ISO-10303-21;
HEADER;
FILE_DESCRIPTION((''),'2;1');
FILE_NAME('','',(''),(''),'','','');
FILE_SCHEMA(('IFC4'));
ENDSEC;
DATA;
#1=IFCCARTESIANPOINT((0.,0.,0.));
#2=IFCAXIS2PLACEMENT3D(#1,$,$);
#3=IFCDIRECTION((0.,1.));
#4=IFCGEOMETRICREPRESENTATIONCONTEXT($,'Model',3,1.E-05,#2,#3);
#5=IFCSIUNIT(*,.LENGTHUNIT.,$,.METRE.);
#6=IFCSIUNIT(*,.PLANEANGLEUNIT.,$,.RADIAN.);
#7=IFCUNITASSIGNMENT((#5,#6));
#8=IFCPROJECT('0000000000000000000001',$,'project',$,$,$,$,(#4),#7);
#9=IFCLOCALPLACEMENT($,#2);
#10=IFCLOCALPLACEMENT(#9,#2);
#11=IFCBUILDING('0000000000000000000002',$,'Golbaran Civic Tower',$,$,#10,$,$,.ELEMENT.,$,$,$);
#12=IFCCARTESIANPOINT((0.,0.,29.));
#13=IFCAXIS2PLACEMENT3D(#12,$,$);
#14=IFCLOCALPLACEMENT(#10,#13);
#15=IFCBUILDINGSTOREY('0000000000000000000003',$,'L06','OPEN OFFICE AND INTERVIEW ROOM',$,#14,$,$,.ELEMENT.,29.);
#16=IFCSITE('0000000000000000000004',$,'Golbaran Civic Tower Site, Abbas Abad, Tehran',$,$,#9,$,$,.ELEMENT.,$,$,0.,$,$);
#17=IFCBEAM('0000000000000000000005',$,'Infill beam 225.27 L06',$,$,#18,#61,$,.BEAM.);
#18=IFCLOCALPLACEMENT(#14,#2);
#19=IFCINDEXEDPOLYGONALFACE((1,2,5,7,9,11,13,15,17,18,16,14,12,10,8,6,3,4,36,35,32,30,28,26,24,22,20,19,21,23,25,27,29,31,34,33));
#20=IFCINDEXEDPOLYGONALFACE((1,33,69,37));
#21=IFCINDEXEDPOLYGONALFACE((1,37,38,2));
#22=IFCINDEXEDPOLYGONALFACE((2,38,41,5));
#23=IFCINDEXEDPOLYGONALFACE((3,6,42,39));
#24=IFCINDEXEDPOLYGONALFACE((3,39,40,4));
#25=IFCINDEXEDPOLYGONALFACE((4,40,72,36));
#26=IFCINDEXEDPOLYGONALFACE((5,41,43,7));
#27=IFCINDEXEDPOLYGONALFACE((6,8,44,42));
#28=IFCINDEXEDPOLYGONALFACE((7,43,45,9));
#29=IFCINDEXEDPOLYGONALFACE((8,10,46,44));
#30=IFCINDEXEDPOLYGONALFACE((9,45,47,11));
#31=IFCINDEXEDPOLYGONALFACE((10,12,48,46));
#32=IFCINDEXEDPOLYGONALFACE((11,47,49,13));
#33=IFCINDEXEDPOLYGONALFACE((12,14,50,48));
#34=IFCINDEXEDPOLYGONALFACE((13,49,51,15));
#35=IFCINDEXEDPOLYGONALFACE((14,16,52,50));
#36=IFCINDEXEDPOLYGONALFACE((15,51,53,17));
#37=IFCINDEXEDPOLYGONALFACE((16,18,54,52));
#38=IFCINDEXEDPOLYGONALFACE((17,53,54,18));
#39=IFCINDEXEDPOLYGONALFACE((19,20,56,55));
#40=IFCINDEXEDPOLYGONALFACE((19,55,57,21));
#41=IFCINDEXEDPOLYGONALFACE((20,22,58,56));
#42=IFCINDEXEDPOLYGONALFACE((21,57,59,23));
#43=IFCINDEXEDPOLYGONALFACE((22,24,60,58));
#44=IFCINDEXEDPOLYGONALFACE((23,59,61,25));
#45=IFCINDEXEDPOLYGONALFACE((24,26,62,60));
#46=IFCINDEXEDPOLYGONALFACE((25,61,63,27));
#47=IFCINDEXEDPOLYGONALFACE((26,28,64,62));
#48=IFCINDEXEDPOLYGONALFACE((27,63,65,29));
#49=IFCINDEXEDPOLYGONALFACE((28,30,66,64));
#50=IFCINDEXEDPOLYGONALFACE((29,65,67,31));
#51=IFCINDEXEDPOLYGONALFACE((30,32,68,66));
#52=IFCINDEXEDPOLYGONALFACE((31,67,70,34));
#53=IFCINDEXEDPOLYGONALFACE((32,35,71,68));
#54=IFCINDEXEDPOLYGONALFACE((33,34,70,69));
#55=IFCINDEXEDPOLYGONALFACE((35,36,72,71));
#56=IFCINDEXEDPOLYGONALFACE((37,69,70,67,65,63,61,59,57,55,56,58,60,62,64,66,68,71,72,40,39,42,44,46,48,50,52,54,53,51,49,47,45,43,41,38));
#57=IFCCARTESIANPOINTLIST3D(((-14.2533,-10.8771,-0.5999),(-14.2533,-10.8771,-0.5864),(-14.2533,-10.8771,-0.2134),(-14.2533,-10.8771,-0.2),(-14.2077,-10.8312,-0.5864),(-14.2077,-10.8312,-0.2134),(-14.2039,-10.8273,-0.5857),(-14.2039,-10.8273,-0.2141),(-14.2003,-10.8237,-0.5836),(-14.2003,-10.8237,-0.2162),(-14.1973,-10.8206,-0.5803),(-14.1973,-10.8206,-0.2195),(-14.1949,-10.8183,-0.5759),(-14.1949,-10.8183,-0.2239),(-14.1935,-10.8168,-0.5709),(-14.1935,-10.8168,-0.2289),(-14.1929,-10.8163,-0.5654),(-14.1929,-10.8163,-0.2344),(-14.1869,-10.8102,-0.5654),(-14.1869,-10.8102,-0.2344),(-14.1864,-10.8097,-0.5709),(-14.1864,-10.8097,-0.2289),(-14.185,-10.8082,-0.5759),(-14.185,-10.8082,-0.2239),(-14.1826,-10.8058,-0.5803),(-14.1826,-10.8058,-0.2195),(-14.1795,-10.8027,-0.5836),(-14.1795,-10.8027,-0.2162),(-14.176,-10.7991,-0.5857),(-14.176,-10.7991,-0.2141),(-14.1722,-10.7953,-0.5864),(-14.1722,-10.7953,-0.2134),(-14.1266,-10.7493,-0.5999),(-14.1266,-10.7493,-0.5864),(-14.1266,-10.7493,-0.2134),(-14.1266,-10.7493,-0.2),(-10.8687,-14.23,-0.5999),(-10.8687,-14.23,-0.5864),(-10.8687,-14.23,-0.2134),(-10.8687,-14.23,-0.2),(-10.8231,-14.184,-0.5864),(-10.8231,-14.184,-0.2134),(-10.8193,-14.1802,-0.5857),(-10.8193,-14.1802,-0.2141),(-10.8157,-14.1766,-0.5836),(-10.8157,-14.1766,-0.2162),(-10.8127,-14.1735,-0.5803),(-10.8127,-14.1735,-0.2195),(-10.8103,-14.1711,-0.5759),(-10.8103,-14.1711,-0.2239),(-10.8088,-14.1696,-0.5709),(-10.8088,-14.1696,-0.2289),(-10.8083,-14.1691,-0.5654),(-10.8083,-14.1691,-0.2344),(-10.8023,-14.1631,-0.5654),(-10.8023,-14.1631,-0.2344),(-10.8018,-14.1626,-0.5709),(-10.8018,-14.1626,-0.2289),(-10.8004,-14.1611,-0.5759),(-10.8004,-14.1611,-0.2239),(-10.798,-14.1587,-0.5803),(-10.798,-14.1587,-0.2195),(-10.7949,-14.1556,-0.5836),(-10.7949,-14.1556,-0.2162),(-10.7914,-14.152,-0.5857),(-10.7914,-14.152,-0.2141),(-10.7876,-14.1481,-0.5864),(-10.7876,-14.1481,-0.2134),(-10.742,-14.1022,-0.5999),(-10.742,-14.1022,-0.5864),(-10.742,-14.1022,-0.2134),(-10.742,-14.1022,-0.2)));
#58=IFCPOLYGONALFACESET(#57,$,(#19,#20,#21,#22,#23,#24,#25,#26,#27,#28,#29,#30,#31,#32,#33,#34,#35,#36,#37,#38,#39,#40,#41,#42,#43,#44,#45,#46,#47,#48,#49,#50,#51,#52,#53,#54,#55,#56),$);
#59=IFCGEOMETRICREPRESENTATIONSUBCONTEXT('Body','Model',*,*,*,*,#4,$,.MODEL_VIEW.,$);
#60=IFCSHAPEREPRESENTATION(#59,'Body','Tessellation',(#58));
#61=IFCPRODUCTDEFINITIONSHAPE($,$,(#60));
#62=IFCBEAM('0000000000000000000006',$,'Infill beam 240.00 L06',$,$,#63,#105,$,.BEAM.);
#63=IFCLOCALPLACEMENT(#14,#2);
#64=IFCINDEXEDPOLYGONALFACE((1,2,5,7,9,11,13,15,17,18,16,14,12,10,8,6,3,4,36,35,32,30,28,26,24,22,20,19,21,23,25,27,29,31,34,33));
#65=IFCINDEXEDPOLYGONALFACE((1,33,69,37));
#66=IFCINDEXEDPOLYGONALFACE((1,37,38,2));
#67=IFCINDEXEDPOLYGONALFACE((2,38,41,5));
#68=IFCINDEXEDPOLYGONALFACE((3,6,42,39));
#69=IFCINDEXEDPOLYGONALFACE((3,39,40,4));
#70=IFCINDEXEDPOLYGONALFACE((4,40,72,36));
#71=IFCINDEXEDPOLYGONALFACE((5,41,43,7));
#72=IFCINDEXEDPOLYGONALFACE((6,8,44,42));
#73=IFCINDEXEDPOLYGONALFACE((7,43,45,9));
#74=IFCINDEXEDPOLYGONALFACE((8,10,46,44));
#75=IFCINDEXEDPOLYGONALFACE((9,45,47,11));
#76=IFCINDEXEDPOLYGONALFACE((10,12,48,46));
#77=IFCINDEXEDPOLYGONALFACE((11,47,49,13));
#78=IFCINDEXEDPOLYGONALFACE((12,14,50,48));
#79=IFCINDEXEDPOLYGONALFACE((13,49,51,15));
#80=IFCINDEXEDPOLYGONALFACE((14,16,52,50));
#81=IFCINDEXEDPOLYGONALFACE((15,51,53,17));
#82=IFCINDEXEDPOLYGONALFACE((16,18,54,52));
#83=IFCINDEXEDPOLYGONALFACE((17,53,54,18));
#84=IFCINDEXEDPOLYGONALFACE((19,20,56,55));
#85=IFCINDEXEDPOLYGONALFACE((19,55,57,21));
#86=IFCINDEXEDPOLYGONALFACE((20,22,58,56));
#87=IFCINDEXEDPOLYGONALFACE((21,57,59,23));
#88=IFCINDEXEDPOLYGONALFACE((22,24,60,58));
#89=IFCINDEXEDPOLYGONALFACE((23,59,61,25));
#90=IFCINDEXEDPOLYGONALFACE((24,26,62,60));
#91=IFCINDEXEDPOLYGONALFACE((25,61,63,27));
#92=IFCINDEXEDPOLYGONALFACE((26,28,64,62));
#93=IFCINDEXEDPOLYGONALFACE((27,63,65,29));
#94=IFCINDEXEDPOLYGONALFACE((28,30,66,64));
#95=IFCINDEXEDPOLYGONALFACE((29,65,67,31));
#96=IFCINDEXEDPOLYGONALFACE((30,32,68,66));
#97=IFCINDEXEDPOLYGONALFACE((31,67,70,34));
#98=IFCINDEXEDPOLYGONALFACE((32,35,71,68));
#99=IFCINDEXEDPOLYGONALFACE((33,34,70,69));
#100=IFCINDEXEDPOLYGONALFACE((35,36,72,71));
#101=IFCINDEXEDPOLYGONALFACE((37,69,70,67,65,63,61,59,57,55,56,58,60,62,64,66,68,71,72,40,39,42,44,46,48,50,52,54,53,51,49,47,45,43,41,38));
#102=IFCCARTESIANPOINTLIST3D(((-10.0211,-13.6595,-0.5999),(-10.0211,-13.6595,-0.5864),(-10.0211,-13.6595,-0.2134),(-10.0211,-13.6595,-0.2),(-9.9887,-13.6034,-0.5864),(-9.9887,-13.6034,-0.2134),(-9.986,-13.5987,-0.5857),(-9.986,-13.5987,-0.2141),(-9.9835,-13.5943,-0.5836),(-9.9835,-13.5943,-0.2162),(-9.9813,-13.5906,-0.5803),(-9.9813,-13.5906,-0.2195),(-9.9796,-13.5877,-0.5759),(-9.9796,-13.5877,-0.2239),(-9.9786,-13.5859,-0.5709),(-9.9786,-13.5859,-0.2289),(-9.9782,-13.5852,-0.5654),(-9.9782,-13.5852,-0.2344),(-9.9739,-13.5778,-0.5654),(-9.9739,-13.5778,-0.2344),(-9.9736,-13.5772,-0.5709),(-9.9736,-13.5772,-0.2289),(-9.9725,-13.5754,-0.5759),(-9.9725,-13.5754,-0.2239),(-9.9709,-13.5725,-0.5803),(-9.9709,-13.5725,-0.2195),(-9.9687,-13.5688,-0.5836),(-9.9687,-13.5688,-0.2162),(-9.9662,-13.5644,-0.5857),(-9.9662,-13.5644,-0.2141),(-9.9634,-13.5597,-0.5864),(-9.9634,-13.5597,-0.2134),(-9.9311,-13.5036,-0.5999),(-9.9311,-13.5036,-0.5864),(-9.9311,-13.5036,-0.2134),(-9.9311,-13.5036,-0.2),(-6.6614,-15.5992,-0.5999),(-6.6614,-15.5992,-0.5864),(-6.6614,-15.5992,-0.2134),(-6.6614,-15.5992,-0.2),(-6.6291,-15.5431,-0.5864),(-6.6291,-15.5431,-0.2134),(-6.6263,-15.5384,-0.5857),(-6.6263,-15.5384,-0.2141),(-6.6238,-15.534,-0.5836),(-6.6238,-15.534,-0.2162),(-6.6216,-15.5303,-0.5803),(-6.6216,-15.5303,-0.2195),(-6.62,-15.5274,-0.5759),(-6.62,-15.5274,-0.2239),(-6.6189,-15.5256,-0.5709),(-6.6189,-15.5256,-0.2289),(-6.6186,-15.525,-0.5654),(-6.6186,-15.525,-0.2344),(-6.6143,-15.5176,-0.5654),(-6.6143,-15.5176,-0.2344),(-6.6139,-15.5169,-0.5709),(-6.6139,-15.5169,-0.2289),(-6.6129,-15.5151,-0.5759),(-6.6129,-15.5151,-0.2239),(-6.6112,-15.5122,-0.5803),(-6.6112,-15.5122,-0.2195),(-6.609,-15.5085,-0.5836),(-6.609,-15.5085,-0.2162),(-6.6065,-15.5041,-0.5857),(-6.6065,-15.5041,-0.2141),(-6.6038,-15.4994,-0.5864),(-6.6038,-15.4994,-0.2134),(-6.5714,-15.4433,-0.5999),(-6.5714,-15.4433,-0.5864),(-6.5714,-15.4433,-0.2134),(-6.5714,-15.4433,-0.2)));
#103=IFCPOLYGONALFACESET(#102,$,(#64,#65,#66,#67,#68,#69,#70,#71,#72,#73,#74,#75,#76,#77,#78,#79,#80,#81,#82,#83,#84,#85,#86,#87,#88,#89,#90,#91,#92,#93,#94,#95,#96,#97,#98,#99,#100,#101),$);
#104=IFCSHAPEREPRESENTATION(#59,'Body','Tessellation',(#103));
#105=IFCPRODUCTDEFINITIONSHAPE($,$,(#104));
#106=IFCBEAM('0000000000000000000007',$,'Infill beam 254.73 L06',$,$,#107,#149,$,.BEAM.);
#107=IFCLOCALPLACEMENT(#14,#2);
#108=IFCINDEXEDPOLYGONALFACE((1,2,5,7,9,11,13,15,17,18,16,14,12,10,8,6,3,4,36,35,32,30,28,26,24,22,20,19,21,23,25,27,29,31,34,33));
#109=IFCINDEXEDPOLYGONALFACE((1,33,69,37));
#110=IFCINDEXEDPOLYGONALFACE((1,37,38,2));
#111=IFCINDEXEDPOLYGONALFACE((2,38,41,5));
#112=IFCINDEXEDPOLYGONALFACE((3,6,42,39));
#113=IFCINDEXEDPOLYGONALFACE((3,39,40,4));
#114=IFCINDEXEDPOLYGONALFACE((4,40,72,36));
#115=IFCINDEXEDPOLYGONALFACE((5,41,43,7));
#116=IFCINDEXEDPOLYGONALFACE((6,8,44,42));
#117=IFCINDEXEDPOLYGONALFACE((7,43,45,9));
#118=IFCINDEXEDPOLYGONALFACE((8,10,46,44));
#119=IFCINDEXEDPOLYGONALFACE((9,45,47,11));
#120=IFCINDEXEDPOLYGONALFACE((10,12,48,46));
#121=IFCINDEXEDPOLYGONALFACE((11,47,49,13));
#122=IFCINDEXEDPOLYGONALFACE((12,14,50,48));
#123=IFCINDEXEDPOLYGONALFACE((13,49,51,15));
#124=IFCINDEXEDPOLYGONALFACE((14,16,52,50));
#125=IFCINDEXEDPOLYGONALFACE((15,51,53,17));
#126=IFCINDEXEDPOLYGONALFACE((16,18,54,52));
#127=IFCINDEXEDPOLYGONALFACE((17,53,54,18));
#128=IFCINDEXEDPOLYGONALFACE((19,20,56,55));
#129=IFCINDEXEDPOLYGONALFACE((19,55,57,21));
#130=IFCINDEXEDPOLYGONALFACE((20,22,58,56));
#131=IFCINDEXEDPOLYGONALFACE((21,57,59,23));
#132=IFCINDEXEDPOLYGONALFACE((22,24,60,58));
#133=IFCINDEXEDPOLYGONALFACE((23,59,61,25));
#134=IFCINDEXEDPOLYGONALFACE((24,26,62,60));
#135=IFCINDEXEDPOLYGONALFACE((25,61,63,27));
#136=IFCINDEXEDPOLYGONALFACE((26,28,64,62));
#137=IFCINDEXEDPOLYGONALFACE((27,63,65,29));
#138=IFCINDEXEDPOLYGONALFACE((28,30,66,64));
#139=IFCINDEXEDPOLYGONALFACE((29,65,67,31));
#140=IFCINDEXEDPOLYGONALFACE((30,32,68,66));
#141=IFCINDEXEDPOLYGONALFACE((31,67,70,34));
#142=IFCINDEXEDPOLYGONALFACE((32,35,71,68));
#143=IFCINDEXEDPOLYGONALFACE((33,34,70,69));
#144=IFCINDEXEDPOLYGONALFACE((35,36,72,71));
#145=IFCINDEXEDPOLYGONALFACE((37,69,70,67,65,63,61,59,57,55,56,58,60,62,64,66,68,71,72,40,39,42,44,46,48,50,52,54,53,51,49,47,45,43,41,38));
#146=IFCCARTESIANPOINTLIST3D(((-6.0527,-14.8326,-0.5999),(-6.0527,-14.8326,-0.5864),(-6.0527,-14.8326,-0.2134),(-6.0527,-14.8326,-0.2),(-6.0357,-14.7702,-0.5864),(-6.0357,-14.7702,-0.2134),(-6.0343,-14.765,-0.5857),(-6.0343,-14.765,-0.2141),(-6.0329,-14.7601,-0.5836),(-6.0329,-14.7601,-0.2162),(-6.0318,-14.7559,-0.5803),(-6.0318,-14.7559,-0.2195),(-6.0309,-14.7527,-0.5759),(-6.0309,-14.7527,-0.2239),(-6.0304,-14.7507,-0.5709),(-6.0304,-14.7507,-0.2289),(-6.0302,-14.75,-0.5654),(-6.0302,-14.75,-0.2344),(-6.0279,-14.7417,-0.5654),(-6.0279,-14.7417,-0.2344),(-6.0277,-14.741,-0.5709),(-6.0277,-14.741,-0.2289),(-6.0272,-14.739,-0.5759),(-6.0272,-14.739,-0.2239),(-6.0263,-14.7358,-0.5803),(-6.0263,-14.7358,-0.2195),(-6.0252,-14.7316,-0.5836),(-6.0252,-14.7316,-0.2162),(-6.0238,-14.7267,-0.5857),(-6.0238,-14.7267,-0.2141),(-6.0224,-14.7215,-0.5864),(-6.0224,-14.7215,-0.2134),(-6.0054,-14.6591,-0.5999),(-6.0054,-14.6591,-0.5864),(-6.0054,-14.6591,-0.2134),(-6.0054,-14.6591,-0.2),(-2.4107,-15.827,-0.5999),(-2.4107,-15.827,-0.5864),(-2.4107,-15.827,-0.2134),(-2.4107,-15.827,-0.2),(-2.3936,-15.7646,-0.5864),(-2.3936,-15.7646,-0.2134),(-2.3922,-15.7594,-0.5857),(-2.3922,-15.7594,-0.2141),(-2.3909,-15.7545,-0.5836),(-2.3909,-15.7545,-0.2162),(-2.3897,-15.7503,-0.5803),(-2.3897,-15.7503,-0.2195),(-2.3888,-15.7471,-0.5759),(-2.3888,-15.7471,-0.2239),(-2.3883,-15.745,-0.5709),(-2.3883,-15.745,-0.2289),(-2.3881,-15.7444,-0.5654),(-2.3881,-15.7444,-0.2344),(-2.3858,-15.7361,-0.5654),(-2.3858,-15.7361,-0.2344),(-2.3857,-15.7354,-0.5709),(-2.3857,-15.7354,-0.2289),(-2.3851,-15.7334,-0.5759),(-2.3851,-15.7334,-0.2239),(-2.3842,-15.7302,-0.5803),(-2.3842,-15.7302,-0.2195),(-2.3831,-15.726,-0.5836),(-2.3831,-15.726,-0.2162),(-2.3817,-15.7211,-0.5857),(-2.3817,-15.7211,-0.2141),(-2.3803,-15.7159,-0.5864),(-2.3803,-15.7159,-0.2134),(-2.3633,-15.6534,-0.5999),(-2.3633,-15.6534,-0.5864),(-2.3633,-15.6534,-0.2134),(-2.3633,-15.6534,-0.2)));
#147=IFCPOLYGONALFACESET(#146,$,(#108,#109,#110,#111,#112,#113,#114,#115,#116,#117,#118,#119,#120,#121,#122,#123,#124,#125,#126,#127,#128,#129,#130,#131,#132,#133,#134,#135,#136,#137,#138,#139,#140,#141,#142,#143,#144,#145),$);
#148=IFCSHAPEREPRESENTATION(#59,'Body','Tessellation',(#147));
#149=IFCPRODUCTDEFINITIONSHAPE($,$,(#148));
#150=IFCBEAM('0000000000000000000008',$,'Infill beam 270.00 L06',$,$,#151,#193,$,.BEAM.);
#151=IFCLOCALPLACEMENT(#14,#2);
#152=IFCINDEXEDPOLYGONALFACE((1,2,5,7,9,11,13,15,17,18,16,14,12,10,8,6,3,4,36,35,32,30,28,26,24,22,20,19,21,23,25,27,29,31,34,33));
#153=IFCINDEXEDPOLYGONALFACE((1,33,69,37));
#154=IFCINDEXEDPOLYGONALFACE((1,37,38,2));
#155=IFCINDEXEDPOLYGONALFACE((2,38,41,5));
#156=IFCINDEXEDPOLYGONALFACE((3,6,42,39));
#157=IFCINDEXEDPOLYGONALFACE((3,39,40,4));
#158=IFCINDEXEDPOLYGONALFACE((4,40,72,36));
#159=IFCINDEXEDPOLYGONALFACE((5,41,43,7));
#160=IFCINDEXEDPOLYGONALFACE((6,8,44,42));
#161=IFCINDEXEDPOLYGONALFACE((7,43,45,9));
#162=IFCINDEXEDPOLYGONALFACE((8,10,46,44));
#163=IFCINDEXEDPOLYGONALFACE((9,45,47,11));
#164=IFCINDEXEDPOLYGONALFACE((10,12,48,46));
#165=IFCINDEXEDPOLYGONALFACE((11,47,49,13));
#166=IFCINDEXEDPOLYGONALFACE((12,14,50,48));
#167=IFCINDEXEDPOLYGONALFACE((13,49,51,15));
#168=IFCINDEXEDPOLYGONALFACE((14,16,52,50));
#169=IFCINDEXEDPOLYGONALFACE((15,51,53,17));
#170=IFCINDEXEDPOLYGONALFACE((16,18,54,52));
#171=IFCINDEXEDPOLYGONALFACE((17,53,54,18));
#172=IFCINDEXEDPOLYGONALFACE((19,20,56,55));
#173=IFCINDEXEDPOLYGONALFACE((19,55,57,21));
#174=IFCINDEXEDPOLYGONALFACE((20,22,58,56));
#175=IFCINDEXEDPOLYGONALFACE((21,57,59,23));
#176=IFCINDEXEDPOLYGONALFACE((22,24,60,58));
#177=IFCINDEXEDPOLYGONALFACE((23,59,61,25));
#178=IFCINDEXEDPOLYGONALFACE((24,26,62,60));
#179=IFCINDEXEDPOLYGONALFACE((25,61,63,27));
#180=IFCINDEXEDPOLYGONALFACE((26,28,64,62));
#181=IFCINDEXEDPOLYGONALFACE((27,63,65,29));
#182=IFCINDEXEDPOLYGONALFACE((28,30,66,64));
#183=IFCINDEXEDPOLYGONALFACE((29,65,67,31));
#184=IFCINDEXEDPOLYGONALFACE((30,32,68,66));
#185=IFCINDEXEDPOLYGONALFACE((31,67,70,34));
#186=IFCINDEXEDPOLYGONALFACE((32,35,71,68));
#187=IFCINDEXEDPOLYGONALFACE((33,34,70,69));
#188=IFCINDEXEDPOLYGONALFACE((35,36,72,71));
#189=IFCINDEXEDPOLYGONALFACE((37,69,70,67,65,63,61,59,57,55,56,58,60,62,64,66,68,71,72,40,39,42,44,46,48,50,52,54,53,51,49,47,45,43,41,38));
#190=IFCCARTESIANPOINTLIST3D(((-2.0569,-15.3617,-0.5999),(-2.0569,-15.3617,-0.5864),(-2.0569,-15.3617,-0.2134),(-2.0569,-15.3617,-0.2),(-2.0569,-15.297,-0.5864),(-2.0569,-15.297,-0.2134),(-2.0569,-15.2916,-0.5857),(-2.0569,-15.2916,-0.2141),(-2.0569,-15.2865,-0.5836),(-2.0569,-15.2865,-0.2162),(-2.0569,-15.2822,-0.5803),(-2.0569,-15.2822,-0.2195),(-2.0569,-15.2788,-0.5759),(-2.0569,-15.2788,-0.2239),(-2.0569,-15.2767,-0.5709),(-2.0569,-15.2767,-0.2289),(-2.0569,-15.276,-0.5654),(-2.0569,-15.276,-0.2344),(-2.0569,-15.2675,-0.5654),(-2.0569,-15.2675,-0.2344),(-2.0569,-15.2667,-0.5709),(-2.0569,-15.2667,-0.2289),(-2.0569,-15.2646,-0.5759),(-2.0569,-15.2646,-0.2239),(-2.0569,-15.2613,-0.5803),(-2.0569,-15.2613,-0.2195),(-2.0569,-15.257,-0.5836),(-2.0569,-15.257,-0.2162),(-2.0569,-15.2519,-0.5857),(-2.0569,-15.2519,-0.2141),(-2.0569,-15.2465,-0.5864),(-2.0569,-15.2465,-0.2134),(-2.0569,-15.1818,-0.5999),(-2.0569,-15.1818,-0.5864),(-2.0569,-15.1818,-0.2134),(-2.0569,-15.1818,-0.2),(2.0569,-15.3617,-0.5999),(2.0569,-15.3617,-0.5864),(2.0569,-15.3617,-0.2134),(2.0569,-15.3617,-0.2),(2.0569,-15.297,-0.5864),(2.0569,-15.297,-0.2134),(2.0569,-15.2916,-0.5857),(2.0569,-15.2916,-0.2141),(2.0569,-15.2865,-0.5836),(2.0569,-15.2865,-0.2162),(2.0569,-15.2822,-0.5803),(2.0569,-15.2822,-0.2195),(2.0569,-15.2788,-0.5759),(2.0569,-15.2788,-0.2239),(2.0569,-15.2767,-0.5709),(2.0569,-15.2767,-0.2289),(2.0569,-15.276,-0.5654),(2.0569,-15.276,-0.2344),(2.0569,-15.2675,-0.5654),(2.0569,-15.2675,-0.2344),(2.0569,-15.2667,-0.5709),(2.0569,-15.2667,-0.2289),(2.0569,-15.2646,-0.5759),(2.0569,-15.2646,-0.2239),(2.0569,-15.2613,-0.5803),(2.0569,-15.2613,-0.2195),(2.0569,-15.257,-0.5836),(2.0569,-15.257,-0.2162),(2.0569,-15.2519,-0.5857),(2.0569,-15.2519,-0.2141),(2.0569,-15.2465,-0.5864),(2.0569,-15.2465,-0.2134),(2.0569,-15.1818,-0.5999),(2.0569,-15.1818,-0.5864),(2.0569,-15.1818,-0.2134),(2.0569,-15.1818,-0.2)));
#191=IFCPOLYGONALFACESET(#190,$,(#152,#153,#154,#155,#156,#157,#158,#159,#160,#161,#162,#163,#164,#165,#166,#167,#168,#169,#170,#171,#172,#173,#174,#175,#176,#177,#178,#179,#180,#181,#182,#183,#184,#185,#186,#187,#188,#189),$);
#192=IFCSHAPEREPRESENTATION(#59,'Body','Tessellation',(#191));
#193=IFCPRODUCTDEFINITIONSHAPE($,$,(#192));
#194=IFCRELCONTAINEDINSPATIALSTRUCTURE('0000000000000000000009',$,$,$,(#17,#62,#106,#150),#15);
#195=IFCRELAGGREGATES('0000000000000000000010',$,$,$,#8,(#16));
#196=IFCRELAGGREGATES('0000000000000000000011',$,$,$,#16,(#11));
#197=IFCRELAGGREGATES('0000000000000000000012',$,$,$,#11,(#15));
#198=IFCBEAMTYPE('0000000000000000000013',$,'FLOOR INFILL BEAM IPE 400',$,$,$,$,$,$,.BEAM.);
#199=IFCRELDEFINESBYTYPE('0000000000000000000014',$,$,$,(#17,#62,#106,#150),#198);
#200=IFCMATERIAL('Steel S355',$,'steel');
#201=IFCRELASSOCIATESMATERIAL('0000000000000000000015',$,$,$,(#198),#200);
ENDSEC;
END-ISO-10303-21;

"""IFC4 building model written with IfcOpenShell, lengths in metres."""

from ifc_helpers import new_model, si_unit, direction, frame, origin, origin_2d, place, context, subcontext, project, spatial, i_section, extrude, material, material_profile, profile_set, type_object, element, save


model = new_model("IFC4")

# Units and contexts
model_context = context("Model", 3, precision=1e-05, world=origin(), true_north=direction((0.0, 1.0)))
body_context = subcontext(model_context, "Body", "Model", "MODEL_VIEW")
ifc_project = project(units=[si_unit("LENGTHUNIT", "METRE"), si_unit("PLANEANGLEUNIT", "RADIAN")], contexts=[model_context])

# Site, building, storey
site_placement = place(None, origin())
site = spatial("IfcSite", under=ifc_project, at=site_placement, Name="Golbaran Civic Tower Site, Abbas Abad, Tehran", CompositionType="ELEMENT", RefElevation=0.0)
building_placement = place(site_placement, origin())
building = spatial("IfcBuilding", under=site, at=building_placement, Name="Golbaran Civic Tower", CompositionType="ELEMENT")
storey_placement = place(building_placement, frame((0.0, 0.0, 29.0)))
storey = spatial("IfcBuildingStorey", under=building, at=storey_placement, Name="L06", Description="OPEN OFFICE AND INTERVIEW ROOM", CompositionType="ELEMENT", Elevation=29.0)

# Beams
ifc_material_1 = material(Name="Steel S355", Category="steel")
ifc_material_profile_1 = material_profile(ifc_material_1, i_section(OverallWidth=0.1799, OverallDepth=0.3999, WebThickness=0.0085, FlangeThickness=0.0134, FilletRadius=0.021, at=origin_2d()), Name="IPE 400")
ifc_profile_set_1 = profile_set([ifc_material_profile_1], Name="Steel S355")
beam_type_1 = type_object("IfcBeamType", Name="FLOOR INFILL BEAM IPE 400", PredefinedType="BEAM", material=ifc_profile_set_1)
beam_1_placement = place(storey_placement, frame((-14.1899, -10.8132, -0.3999), z_axis=(0.71043, -0.703768, 0.0), x_axis=(0.703768, 0.71043, 0.0)))
element("IfcBeam", 1, at=beam_1_placement, inside=storey, type_object=beam_type_1, Name="Infill beam 225.27 L06", PredefinedType="BEAM", context=body_context, shape_type="SweptSolid", body=[
    extrude(i_section(OverallWidth=0.1799, OverallDepth=0.3999, WebThickness=0.0085, FlangeThickness=0.0134, FilletRadius=0.021, at=origin_2d()), origin(), (0.0, 0.0, 1.0), 4.7642),
])
beam_2_placement = place(storey_placement, frame((-9.9761, -13.5815, -0.3999), z_axis=(0.866023, -0.500004, 0.0), x_axis=(0.500004, 0.866023, 0.0)))
element("IfcBeam", 2, at=beam_2_placement, inside=storey, type_object=beam_type_1, Name="Infill beam 240.00 L06", PredefinedType="BEAM", context=body_context, shape_type="SweptSolid", body=[
    extrude(i_section(OverallWidth=0.1799, OverallDepth=0.3999, WebThickness=0.0085, FlangeThickness=0.0134, FilletRadius=0.021, at=origin_2d()), origin(), (0.0, 0.0, 1.0), 3.8794),
])
beam_3_placement = place(storey_placement, frame((-6.0291, -14.7458, -0.3999), z_axis=(0.964691, -0.263386, 0.0), x_axis=(0.263386, 0.964691, 0.0)))
element("IfcBeam", 3, at=beam_3_placement, inside=storey, type_object=beam_type_1, Name="Infill beam 254.73 L06", PredefinedType="BEAM", context=body_context, shape_type="SweptSolid", body=[
    extrude(i_section(OverallWidth=0.1799, OverallDepth=0.3999, WebThickness=0.0085, FlangeThickness=0.0134, FilletRadius=0.021, at=origin_2d()), origin(), (0.0, 0.0, 1.0), 3.7754),
])
beam_4_placement = place(storey_placement, frame((-2.0569, -15.2717, -0.3999), z_axis=(1.0, 0.0, 0.0), x_axis=(0.0, 1.0, 0.0)))
element("IfcBeam", 4, at=beam_4_placement, inside=storey, type_object=beam_type_1, Name="Infill beam 270.00 L06", PredefinedType="BEAM", context=body_context, shape_type="SweptSolid", body=[
    extrude(i_section(OverallWidth=0.1799, OverallDepth=0.3999, WebThickness=0.0085, FlangeThickness=0.0134, FilletRadius=0.021, at=origin_2d()), origin(), (0.0, 0.0, 1.0), 4.1138),
])

save(model, "model.ifc")
